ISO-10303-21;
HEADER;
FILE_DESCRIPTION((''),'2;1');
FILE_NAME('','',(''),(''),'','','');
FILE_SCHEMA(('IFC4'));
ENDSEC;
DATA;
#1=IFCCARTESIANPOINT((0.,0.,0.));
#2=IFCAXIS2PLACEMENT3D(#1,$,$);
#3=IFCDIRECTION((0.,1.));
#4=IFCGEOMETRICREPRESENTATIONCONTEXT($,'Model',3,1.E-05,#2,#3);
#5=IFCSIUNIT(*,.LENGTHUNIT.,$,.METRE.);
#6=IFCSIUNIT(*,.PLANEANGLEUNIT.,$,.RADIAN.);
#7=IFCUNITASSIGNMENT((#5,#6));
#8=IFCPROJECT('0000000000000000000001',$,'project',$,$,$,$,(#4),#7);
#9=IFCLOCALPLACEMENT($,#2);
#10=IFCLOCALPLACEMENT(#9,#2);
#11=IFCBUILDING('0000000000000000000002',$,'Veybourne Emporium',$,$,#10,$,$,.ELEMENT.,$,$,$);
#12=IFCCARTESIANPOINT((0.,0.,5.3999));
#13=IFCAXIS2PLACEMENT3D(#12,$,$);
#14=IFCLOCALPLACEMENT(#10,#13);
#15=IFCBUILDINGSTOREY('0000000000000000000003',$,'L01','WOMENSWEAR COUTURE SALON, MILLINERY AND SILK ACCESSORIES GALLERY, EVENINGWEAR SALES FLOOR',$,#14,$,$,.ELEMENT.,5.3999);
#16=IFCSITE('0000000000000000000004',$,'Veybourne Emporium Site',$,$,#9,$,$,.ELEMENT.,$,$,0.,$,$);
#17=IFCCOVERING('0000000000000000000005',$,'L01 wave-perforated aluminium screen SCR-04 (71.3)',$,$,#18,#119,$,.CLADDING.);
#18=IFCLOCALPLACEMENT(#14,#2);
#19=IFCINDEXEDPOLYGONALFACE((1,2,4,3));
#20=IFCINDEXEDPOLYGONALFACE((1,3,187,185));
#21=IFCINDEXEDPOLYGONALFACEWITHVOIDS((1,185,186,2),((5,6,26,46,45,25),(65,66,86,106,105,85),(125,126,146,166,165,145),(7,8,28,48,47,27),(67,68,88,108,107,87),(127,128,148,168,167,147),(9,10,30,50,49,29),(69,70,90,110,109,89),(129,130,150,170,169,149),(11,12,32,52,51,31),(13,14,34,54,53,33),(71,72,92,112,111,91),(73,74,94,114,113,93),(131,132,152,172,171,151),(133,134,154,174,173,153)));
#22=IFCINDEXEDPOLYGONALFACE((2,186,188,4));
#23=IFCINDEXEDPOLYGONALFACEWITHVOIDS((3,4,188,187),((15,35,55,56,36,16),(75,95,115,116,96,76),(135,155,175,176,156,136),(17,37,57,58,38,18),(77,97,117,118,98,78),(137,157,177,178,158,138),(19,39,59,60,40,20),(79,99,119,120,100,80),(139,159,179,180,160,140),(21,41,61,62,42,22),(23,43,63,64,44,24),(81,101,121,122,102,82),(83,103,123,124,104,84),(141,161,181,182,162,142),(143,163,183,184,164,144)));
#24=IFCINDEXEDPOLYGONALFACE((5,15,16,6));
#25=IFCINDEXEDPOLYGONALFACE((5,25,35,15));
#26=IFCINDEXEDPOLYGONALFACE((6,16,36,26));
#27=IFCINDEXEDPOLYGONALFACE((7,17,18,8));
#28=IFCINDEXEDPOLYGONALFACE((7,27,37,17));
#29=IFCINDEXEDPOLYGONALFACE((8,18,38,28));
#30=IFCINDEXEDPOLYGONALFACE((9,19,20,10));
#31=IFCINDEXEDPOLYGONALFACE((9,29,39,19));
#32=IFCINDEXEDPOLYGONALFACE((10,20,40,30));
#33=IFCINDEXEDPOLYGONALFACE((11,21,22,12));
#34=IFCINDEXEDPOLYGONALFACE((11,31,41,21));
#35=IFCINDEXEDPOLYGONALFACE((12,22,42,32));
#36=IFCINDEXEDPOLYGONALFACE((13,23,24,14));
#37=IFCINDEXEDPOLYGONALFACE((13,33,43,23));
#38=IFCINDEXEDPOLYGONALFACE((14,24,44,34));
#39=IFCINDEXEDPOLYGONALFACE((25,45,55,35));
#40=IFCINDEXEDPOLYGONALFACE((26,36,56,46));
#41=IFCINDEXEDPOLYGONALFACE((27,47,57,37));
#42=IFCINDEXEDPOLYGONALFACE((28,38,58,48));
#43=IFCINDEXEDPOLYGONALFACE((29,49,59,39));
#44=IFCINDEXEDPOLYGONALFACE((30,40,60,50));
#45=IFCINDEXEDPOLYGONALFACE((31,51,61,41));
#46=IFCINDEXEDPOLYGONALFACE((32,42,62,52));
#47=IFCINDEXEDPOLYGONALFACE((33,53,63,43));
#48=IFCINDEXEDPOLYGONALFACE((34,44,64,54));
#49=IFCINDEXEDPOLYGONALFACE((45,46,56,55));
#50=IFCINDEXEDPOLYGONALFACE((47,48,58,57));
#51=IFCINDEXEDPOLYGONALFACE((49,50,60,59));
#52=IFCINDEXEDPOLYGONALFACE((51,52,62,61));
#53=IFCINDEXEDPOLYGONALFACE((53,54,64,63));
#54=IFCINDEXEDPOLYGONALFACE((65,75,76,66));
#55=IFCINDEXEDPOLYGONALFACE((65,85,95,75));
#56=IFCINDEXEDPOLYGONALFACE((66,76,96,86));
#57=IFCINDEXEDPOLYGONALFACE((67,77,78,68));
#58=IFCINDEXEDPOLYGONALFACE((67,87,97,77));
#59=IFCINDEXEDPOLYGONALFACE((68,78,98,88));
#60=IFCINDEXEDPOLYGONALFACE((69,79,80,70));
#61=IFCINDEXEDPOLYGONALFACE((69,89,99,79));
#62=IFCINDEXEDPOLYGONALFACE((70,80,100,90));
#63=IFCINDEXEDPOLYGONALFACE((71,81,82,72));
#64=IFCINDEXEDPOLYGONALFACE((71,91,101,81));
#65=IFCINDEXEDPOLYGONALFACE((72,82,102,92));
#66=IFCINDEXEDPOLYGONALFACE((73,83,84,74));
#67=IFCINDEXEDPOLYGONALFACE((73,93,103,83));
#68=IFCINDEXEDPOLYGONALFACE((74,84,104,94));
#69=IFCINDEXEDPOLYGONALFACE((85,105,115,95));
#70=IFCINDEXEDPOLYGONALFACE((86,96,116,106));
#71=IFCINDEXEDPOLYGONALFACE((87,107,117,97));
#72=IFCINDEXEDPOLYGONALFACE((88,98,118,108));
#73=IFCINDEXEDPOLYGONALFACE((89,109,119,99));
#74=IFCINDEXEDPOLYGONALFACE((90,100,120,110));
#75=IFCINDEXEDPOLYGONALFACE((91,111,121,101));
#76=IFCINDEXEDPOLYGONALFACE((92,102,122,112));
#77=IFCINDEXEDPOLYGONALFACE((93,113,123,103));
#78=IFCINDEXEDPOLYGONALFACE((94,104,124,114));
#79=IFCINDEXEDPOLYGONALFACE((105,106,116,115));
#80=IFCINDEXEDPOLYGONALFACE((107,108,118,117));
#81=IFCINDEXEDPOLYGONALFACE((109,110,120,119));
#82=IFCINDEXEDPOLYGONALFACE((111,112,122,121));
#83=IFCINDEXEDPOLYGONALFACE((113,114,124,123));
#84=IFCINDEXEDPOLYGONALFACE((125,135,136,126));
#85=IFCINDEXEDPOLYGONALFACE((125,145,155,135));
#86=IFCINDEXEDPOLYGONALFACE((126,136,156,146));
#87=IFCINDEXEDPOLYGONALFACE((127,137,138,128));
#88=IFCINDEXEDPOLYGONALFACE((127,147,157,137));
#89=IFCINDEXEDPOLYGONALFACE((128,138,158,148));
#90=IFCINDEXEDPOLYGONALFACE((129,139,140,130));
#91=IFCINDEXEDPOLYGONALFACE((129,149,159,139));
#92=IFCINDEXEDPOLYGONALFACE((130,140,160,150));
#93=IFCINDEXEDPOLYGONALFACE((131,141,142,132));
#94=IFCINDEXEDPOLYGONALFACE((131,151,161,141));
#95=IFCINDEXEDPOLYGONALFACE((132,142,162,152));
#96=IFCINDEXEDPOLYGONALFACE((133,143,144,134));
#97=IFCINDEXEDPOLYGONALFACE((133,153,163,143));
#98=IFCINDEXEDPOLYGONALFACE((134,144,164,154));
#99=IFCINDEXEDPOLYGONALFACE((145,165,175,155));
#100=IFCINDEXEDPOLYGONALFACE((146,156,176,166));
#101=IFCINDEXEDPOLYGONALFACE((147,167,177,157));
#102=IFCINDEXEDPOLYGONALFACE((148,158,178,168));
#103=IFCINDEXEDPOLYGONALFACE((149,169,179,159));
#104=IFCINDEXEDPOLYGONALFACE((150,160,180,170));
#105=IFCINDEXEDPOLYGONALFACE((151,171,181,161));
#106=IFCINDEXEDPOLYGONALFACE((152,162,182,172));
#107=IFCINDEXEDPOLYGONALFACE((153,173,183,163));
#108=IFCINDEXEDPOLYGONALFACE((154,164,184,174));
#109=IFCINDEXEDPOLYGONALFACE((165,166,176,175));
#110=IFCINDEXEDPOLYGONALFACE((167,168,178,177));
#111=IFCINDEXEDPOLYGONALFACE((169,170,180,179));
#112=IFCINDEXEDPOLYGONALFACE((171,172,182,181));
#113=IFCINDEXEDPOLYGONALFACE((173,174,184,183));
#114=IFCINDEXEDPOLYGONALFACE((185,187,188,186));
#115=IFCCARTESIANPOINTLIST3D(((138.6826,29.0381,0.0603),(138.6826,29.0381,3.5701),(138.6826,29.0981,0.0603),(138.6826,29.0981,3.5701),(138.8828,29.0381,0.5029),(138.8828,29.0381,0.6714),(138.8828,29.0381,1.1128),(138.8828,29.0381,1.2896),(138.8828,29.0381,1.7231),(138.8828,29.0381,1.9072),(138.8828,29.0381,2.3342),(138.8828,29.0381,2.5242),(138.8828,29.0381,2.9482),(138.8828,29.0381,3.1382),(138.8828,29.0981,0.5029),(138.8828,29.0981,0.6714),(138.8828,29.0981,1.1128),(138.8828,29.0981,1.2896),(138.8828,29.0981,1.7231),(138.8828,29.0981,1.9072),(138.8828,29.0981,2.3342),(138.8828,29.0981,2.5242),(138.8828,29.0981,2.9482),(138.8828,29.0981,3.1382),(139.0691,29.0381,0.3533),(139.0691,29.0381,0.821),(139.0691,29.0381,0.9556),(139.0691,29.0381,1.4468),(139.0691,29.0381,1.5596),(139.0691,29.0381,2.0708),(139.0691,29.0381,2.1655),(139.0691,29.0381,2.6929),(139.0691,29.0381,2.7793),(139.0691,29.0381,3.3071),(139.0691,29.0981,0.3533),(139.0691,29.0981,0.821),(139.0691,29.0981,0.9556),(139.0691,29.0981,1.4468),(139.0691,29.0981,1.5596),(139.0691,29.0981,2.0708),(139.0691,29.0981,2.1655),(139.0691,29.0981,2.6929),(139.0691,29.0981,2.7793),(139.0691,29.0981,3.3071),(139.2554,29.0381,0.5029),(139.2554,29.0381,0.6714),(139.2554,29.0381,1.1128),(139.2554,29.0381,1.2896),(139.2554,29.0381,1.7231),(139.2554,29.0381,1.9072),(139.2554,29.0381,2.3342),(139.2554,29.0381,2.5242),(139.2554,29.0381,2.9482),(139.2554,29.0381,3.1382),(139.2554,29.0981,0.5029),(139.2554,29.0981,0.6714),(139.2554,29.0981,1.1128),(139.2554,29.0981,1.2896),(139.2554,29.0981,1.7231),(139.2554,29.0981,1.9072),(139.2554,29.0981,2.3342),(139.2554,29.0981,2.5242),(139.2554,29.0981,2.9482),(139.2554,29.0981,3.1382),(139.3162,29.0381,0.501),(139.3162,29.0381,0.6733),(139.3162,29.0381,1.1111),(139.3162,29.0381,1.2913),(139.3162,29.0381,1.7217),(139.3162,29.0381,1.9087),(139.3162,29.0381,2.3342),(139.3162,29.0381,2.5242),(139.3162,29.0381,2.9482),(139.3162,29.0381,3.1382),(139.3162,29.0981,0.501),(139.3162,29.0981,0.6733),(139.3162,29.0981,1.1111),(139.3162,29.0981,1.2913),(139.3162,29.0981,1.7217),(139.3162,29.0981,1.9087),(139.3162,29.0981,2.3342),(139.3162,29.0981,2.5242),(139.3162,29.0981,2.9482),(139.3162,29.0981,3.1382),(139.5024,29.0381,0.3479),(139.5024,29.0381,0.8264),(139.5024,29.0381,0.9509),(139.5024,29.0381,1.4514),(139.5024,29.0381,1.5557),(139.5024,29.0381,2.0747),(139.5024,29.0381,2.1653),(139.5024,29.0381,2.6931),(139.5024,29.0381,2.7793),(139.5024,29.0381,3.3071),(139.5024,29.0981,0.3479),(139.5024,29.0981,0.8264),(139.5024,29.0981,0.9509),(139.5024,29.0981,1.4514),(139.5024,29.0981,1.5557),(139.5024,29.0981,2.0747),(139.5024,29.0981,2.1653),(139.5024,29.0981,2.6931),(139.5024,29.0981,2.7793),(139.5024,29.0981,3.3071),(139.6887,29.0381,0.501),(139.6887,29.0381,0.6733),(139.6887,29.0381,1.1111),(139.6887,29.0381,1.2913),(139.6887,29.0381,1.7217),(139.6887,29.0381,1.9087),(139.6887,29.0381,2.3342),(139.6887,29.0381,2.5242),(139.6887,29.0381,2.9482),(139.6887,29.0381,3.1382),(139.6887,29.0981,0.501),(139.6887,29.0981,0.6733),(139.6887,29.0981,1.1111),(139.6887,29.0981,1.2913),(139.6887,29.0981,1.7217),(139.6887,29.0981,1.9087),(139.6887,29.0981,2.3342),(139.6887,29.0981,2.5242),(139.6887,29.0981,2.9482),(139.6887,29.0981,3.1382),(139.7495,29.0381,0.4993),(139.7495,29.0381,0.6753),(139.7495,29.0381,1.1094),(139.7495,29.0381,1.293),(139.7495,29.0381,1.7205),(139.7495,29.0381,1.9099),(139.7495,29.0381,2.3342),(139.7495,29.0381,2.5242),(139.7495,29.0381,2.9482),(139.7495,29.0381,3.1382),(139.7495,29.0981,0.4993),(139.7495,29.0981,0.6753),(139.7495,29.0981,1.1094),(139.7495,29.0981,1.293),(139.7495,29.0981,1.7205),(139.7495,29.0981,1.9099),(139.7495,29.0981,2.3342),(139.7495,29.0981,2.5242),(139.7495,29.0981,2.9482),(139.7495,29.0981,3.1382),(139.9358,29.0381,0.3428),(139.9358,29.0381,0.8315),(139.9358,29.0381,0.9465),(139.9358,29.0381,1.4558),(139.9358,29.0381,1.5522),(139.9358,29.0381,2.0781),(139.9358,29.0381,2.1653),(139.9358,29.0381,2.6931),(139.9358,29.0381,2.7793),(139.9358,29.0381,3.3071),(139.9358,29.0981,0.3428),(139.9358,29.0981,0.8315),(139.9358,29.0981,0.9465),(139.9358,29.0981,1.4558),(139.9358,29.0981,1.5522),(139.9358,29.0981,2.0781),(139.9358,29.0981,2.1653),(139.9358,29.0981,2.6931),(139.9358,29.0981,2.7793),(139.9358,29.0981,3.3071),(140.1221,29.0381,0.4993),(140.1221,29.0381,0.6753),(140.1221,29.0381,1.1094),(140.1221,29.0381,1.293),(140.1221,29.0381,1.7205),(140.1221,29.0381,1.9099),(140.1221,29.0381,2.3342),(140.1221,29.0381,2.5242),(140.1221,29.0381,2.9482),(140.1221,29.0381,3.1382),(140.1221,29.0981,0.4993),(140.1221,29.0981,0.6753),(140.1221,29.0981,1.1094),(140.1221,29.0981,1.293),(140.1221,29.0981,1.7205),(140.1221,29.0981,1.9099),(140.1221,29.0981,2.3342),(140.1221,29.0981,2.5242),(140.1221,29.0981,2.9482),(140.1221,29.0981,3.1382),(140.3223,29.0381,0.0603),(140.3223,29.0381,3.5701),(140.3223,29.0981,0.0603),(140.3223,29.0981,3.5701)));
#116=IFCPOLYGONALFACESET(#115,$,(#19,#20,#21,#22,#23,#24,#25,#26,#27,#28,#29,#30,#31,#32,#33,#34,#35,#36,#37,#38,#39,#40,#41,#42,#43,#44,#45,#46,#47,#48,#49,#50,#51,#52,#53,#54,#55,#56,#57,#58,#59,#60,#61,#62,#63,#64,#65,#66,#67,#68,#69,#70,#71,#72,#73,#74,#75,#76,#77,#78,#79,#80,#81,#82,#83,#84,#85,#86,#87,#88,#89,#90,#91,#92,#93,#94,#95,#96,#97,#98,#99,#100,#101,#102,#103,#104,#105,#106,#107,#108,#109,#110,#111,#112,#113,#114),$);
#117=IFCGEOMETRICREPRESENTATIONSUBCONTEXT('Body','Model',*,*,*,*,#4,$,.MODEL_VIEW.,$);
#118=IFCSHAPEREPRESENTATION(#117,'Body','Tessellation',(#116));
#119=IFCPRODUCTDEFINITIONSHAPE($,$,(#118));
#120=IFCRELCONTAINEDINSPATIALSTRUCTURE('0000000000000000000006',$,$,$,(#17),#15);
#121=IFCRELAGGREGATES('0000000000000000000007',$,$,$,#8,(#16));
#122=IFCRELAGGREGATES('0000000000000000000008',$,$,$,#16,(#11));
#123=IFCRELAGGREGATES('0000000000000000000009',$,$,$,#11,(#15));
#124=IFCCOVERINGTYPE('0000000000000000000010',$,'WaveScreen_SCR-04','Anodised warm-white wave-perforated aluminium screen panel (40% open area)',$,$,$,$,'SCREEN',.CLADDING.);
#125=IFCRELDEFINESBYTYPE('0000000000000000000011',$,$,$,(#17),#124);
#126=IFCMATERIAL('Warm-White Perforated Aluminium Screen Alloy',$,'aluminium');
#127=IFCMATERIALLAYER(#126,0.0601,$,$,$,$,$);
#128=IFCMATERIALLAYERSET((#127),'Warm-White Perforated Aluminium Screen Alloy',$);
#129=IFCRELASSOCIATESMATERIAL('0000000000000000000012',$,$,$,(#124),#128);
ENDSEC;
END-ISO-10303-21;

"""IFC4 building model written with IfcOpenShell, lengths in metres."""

from ifc_helpers import new_model, si_unit, direction, frame, origin, place, context, subcontext, project, spatial, polyline, outline, extrude, material, layer, layer_set, type_object, element, save


model = new_model("IFC4")

# Units and contexts
model_context = context("Model", 3, precision=1e-05, world=origin(), true_north=direction((0.0, 1.0)))
body_context = subcontext(model_context, "Body", "Model", "MODEL_VIEW")
ifc_project = project(units=[si_unit("LENGTHUNIT", "METRE"), si_unit("PLANEANGLEUNIT", "RADIAN")], contexts=[model_context])

# Site, building, storey
site_placement = place(None, origin())
site = spatial("IfcSite", under=ifc_project, at=site_placement, Name="Veybourne Emporium Site", CompositionType="ELEMENT", RefElevation=0.0)
building_placement = place(site_placement, origin())
building = spatial("IfcBuilding", under=site, at=building_placement, Name="Veybourne Emporium", CompositionType="ELEMENT")
storey_placement = place(building_placement, frame((0.0, 0.0, 5.3999)))
storey = spatial("IfcBuildingStorey", under=building, at=storey_placement, Name="L01", Description="WOMENSWEAR COUTURE SALON, MILLINERY AND SILK ACCESSORIES GALLERY, EVENINGWEAR SALES FLOOR", CompositionType="ELEMENT", Elevation=5.3999)

# Covering
ifc_material_1 = material(Name="Warm-White Perforated Aluminium Screen Alloy", Category="aluminium")
ifc_layer_1 = layer(ifc_material_1, 0.0601)
ifc_layer_set_1 = layer_set([ifc_layer_1], Name="Warm-White Perforated Aluminium Screen Alloy")
covering_type_1 = type_object("IfcCoveringType", Name="WaveScreen_SCR-04", Description="Anodised warm-white wave-perforated aluminium screen panel (40% open area)", ElementType="SCREEN", PredefinedType="CLADDING", material=ifc_layer_set_1)
covering_1_placement = place(storey_placement, frame((139.5024, 29.0981, 1.8152), z_axis=(0.0, -1.0, 0.0), x_axis=(1.0, 0.0, 0.0)))
element("IfcCovering", 1, at=covering_1_placement, inside=storey, type_object=covering_type_1, Name="L01 wave-perforated aluminium screen SCR-04 (71.3)", PredefinedType="CLADDING", context=body_context, shape_type="SweptSolid", body=[
    extrude(outline(polyline([(-0.8198, -1.7549), (0.8198, -1.7549), (0.8198, 1.7549), (-0.8198, 1.7549), (-0.8198, -1.7549)]), holes=[polyline([(-0.4333, -0.9941), (-0.2471, -1.1438), (-0.2471, -1.3123), (-0.4333, -1.4619), (-0.6196, -1.3123), (-0.6196, -1.1438), (-0.4333, -0.9941)]), polyline([(-0.4333, -0.3684), (-0.2471, -0.5256), (-0.2471, -0.7024), (-0.4333, -0.8596), (-0.6196, -0.7024), (-0.6196, -0.5256), (-0.4333, -0.3684)]), polyline([(-0.4333, 0.2556), (-0.2471, 0.092), (-0.2471, -0.092), (-0.4333, -0.2556), (-0.6196, -0.092), (-0.6196, 0.092), (-0.4333, 0.2556)]), polyline([(-0.4333, 0.8777), (-0.2471, 0.709), (-0.2471, 0.519), (-0.4333, 0.3503), (-0.6196, 0.519), (-0.6196, 0.709), (-0.4333, 0.8777)]), polyline([(-0.4333, 1.4919), (-0.2471, 1.323), (-0.2471, 1.1331), (-0.4333, 0.9641), (-0.6196, 1.1331), (-0.6196, 1.323), (-0.4333, 1.4919)]), polyline([(0.0, -0.9888), (0.1863, -1.1418), (0.1863, -1.3142), (0.0, -1.4673), (-0.1863, -1.3142), (-0.1863, -1.1418), (0.0, -0.9888)]), polyline([(0.0, -0.3638), (0.1863, -0.5239), (0.1863, -0.7041), (0.0, -0.8643), (-0.1863, -0.7041), (-0.1863, -0.5239), (0.0, -0.3638)]), polyline([(0.0, 0.2595), (0.1863, 0.0935), (0.1863, -0.0935), (0.0, -0.2595), (-0.1863, -0.0935), (-0.1863, 0.0935), (0.0, 0.2595)]), polyline([(0.0, 0.8779), (0.1863, 0.709), (0.1863, 0.519), (0.0, 0.3501), (-0.1863, 0.519), (-0.1863, 0.709), (0.0, 0.8779)]), polyline([(0.0, 1.4919), (0.1863, 1.323), (0.1863, 1.1331), (0.0, 0.9641), (-0.1863, 1.1331), (-0.1863, 1.323), (0.0, 1.4919)]), polyline([(0.4333, -0.9836), (0.6196, -1.1399), (0.6196, -1.3159), (0.4333, -1.4724), (0.2471, -1.3159), (0.2471, -1.1399), (0.4333, -0.9836)]), polyline([(0.4333, -0.3594), (0.6196, -0.5222), (0.6196, -0.7058), (0.4333, -0.8687), (0.2471, -0.7058), (0.2471, -0.5222), (0.4333, -0.3594)]), polyline([(0.4333, 0.2629), (0.6196, 0.0947), (0.6196, -0.0947), (0.4333, -0.2629), (0.2471, -0.0947), (0.2471, 0.0947), (0.4333, 0.2629)]), polyline([(0.4333, 0.8779), (0.6196, 0.709), (0.6196, 0.519), (0.4333, 0.3501), (0.2471, 0.519), (0.2471, 0.709), (0.4333, 0.8779)]), polyline([(0.4333, 1.4919), (0.6196, 1.323), (0.6196, 1.1331), (0.4333, 0.9641), (0.2471, 1.1331), (0.2471, 1.323), (0.4333, 1.4919)])]), origin(), (0.0, 0.0, 1.0), 0.0601),
])

save(model, "model.ifc")
